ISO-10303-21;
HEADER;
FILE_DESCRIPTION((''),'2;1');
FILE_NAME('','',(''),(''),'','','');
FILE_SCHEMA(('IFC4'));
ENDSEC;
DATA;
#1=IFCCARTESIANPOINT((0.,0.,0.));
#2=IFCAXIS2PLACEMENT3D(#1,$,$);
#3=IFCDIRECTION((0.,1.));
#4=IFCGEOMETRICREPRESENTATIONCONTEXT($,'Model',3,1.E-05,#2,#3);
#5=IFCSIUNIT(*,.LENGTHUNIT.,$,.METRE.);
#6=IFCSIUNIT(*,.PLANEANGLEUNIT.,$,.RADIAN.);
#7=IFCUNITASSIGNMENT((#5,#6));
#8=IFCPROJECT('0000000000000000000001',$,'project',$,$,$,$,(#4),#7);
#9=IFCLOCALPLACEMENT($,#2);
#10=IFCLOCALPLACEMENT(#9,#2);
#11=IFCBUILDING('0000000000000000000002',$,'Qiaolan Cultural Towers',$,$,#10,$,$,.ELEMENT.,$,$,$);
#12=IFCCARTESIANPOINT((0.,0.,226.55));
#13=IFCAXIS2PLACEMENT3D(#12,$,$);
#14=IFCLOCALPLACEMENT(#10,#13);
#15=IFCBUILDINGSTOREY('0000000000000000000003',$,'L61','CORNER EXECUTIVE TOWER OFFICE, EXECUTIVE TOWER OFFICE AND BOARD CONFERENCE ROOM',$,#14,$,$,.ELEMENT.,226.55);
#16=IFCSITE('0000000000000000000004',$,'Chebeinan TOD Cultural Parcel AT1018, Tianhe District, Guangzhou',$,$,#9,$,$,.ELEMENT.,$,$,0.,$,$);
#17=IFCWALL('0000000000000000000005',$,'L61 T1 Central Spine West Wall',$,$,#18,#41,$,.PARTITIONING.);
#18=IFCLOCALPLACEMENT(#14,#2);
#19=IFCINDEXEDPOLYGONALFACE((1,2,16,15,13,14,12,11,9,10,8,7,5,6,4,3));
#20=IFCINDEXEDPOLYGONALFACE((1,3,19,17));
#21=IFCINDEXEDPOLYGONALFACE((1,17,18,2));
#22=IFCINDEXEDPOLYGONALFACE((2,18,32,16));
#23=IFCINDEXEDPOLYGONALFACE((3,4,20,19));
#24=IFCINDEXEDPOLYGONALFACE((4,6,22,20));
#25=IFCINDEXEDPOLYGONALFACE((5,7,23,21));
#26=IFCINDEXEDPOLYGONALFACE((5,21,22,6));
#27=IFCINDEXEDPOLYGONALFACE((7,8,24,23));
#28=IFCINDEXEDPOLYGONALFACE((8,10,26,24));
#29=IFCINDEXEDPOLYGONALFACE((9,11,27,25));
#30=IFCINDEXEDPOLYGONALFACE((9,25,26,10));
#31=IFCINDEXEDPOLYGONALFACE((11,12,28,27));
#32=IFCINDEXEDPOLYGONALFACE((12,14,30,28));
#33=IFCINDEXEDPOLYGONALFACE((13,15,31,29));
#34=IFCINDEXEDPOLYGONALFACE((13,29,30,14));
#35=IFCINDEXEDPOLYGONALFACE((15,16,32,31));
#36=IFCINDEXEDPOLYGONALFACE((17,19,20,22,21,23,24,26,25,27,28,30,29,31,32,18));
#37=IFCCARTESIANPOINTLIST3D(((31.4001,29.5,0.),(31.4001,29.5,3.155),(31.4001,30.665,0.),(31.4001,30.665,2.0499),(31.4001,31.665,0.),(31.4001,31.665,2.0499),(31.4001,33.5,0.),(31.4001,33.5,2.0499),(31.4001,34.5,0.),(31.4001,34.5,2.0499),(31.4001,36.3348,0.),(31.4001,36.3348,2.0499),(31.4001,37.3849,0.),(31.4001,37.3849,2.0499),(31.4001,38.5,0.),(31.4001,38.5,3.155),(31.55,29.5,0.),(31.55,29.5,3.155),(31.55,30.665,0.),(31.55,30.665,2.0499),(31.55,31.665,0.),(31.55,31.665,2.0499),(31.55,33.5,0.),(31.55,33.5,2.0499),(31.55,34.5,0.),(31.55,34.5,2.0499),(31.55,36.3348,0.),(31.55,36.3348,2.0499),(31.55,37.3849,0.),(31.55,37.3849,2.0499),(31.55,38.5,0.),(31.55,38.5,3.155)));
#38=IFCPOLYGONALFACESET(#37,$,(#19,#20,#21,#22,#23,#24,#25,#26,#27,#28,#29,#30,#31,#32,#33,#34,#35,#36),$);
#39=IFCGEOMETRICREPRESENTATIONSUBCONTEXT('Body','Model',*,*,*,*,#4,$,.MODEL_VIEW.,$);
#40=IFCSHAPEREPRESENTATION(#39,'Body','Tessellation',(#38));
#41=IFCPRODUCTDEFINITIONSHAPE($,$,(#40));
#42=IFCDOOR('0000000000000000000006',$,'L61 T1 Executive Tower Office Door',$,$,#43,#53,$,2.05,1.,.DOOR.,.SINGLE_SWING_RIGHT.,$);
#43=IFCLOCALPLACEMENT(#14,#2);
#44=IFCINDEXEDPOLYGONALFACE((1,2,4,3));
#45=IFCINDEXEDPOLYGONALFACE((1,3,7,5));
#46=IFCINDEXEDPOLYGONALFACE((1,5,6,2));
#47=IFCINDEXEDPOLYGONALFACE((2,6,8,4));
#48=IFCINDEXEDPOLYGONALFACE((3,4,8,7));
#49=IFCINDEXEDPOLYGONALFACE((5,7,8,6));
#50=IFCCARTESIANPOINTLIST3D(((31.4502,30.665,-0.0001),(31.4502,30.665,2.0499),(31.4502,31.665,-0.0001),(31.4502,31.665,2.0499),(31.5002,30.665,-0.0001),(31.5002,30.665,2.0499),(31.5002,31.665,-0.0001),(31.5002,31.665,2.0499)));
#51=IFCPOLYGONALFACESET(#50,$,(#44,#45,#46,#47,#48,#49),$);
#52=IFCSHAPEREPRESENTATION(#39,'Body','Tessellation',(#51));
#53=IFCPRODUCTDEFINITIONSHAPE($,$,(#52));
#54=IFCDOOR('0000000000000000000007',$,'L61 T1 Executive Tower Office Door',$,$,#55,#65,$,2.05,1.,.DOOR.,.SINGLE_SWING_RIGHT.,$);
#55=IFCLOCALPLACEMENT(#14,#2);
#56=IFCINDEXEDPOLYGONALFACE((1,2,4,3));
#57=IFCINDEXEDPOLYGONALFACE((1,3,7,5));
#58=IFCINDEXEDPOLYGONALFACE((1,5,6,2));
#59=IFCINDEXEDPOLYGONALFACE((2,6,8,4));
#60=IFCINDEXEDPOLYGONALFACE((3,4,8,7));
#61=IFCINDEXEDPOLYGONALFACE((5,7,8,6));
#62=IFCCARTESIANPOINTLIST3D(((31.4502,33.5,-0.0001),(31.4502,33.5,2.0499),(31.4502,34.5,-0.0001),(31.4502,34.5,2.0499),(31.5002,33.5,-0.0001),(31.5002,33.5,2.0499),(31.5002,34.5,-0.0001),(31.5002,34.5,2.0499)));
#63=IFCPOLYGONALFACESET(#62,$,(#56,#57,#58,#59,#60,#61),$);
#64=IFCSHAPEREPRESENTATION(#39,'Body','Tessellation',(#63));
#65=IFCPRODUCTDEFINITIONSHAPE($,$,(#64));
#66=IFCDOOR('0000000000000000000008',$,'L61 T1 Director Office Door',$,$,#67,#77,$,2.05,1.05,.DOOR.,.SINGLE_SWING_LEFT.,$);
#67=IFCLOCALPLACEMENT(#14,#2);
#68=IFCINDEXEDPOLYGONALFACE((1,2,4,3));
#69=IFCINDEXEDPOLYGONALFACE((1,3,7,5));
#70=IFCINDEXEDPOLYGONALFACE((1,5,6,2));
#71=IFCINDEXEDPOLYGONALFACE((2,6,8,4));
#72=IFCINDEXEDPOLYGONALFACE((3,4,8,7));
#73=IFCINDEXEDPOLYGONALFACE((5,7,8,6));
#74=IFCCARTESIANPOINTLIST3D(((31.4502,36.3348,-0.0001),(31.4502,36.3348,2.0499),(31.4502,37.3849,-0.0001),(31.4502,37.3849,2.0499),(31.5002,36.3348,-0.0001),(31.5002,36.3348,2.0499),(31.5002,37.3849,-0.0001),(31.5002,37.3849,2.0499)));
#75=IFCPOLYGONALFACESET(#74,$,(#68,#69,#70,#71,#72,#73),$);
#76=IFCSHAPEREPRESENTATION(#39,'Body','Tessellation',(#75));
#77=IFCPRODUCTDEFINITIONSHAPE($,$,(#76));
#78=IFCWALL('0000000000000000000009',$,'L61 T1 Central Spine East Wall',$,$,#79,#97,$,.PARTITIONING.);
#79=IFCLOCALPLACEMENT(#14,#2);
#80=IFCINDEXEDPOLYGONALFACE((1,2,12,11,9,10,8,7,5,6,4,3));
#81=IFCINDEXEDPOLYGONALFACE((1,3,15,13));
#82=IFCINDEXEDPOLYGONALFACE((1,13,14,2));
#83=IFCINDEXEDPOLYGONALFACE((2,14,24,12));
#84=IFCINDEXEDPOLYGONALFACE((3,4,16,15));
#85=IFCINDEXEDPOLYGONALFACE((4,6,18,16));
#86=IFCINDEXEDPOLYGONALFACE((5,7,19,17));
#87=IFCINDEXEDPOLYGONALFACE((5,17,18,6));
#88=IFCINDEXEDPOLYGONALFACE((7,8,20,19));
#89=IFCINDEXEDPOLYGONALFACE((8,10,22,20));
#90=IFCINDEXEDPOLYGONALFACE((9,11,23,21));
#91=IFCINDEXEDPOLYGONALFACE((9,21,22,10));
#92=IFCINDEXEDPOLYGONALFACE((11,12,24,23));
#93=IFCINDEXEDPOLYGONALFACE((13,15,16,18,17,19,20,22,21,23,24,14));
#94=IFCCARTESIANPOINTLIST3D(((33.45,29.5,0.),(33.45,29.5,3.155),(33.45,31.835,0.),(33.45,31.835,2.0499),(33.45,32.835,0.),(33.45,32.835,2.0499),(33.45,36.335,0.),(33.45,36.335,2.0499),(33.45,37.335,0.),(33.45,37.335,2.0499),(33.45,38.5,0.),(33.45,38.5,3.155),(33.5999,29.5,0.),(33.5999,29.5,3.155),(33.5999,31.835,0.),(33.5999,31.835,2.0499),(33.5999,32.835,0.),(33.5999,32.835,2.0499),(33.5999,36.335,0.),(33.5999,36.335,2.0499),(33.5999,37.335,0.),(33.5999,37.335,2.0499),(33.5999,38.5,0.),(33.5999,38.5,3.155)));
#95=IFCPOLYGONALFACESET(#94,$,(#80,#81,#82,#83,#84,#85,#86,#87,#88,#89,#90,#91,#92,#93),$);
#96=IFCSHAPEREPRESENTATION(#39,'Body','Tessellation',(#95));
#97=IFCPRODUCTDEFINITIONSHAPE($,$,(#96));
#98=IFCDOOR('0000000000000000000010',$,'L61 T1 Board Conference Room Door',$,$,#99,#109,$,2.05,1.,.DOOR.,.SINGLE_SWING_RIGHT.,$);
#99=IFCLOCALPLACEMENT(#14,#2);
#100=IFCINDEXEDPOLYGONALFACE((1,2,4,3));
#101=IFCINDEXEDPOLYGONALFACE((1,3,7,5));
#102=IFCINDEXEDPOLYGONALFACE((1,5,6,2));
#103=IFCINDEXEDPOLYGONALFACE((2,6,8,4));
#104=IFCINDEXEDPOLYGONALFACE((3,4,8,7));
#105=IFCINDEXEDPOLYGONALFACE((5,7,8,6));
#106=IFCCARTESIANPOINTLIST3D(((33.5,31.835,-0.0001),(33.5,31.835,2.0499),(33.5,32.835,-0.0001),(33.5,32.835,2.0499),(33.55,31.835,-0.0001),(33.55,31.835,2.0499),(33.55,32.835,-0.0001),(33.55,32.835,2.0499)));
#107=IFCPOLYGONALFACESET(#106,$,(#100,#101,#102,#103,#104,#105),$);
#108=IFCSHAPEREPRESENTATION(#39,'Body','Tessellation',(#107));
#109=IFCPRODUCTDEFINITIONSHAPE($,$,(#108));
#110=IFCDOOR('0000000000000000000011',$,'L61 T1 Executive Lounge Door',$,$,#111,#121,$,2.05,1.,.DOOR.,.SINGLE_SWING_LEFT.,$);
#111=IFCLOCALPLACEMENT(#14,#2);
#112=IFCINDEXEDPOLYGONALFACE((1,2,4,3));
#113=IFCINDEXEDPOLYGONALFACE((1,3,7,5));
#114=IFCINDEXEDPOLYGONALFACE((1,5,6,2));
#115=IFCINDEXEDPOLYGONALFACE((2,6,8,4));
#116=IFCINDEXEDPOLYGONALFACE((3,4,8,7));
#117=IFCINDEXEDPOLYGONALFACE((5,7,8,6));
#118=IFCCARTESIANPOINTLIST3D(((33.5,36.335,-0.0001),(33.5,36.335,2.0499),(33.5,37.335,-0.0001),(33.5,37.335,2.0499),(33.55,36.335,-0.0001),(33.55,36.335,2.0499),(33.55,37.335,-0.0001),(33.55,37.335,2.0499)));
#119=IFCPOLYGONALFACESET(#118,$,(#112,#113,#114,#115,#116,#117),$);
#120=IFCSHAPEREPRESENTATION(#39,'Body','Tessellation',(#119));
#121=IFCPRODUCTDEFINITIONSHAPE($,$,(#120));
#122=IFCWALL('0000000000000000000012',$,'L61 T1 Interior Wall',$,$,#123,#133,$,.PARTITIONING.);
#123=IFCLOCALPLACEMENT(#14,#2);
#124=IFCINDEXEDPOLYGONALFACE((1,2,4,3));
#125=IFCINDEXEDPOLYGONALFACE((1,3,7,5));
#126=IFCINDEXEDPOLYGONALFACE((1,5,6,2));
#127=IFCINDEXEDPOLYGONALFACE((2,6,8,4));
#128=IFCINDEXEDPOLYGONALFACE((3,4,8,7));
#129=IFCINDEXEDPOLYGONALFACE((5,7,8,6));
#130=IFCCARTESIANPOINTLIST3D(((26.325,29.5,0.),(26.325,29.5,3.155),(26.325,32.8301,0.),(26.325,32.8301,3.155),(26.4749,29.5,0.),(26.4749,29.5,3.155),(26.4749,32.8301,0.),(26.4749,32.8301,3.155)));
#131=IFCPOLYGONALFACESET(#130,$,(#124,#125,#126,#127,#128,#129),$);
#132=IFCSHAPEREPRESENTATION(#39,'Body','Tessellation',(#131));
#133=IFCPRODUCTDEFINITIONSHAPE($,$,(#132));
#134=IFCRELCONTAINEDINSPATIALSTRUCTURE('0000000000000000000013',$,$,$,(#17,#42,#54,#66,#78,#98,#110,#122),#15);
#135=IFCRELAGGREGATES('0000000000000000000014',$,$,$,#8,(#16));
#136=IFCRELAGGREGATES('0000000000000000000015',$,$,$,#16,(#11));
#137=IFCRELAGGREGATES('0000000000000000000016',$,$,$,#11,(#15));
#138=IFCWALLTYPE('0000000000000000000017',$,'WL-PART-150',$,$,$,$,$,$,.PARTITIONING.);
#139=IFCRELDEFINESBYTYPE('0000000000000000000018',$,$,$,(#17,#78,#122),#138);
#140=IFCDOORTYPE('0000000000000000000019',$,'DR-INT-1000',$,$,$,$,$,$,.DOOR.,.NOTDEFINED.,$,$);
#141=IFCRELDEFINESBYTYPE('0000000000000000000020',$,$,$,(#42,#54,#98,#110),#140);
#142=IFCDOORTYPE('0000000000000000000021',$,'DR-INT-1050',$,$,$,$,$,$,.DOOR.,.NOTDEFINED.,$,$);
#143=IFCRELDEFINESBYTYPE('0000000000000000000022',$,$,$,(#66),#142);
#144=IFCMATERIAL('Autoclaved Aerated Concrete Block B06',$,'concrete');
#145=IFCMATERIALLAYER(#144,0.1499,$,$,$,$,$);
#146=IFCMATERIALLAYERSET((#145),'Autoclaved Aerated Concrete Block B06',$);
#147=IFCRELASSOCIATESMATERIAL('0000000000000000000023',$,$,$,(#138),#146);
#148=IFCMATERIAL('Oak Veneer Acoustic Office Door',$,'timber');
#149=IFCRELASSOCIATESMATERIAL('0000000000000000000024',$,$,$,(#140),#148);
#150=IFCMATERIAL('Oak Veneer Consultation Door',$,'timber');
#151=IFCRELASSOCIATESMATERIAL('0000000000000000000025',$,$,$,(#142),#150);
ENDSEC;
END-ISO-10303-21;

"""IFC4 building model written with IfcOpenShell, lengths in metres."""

from ifc_helpers import new_model, si_unit, direction, frame, frame_2d, origin, place, context, subcontext, project, spatial, rectangle, extrude, material, layer, layer_set, type_object, element, fill, save


model = new_model("IFC4")

# Units and contexts
model_context = context("Model", 3, precision=1e-05, world=origin(), true_north=direction((0.0, 1.0)))
body_context = subcontext(model_context, "Body", "Model", "MODEL_VIEW")
ifc_project = project(units=[si_unit("LENGTHUNIT", "METRE"), si_unit("PLANEANGLEUNIT", "RADIAN")], contexts=[model_context])

# Site, building, storey
site_placement = place(None, origin())
site = spatial("IfcSite", under=ifc_project, at=site_placement, Name="Chebeinan TOD Cultural Parcel AT1018, Tianhe District, Guangzhou", CompositionType="ELEMENT", RefElevation=0.0)
building_placement = place(site_placement, origin())
building = spatial("IfcBuilding", under=site, at=building_placement, Name="Qiaolan Cultural Towers", CompositionType="ELEMENT")
storey_placement = place(building_placement, frame((0.0, 0.0, 226.55)))
storey = spatial("IfcBuildingStorey", under=building, at=storey_placement, Name="L61", Description="CORNER EXECUTIVE TOWER OFFICE, EXECUTIVE TOWER OFFICE AND BOARD CONFERENCE ROOM", CompositionType="ELEMENT", Elevation=226.55)

# Shared definitions
ifc_material_1 = material(Name="Autoclaved Aerated Concrete Block B06", Category="concrete")
ifc_layer_1 = layer(ifc_material_1, 0.1499)
ifc_layer_set_1 = layer_set([ifc_layer_1], Name="Autoclaved Aerated Concrete Block B06")
wall_type_1 = type_object("IfcWallType", Name="WL-PART-150", PredefinedType="PARTITIONING", material=ifc_layer_set_1)
ifc_material_2 = material(Name="Oak Veneer Acoustic Office Door", Category="timber")
door_type_1 = type_object("IfcDoorType", Name="DR-INT-1000", OperationType="NOTDEFINED", PredefinedType="DOOR", material=ifc_material_2)

# Walls, openings, doors
wall_1_placement = place(storey_placement, frame((31.4751, 29.5, 0.0), z_axis=(0.0, 0.0, 1.0), x_axis=(0.0, 1.0, 0.0)))
wall_1 = element("IfcWall", 1, at=wall_1_placement, inside=storey, type_object=wall_type_1, Name="L61 T1 Central Spine West Wall", PredefinedType="PARTITIONING", context=body_context, shape_type="SweptSolid", body=[
    extrude(rectangle(XDim=9.0, YDim=0.1499, at=frame_2d((4.5, 0.0))), origin(), (0.0, 0.0, 1.0), 3.155),
])
opening_1_placement = place(wall_1_placement, frame((1.165, 0.0, 0.0)))
opening_1 = element("IfcOpeningElement", 2, at=opening_1_placement, cuts=wall_1, PredefinedType="OPENING", context=body_context, shape_type="SweptSolid", body=[
    extrude(rectangle(XDim=1.0, YDim=2.05, at=frame_2d((0.5, 1.0249))), frame((0.0, 0.085, 0.0), z_axis=(0.0, -1.0, 0.0), x_axis=(1.0, 0.0, 0.0)), (0.0, 0.0, 1.0), 0.1699),
])
opening_2_placement = place(wall_1_placement, frame((4.0, 0.0, 0.0)))
opening_2 = element("IfcOpeningElement", 3, at=opening_2_placement, cuts=wall_1, PredefinedType="OPENING", context=body_context, shape_type="SweptSolid", body=[
    extrude(rectangle(XDim=1.0, YDim=2.05, at=frame_2d((0.5, 1.0249))), frame((0.0, 0.085, 0.0), z_axis=(0.0, -1.0, 0.0), x_axis=(1.0, 0.0, 0.0)), (0.0, 0.0, 1.0), 0.1699),
])
opening_3_placement = place(wall_1_placement, frame((6.835, 0.0, 0.0)))
opening_3 = element("IfcOpeningElement", 4, at=opening_3_placement, cuts=wall_1, PredefinedType="OPENING", context=body_context, shape_type="SweptSolid", body=[
    extrude(rectangle(XDim=1.05, YDim=2.05, at=frame_2d((0.5249, 1.0249))), frame((0.0, 0.085, 0.0), z_axis=(0.0, -1.0, 0.0), x_axis=(1.0, 0.0, 0.0)), (0.0, 0.0, 1.0), 0.1699),
])
door_1_placement = place(opening_1_placement, origin())
door_1 = element("IfcDoor", 5, at=door_1_placement, inside=storey, type_object=door_type_1, Name="L61 T1 Executive Tower Office Door", OperationType="SINGLE_SWING_RIGHT", OverallHeight=2.05, OverallWidth=1.0, PredefinedType="DOOR", context=body_context, shape_type="SweptSolid", body=[
    extrude(rectangle(XDim=1.0, YDim=2.05, at=frame_2d((0.5, 1.0249))), frame((0.0, 0.0249, 0.0), z_axis=(0.0, -1.0, 0.0), x_axis=(1.0, 0.0, 0.0)), (0.0, 0.0, 1.0), 0.05),
])
fill(opening_1, door_1)
door_2_placement = place(opening_2_placement, origin())
door_2 = element("IfcDoor", 6, at=door_2_placement, inside=storey, type_object=door_type_1, Name="L61 T1 Executive Tower Office Door", OperationType="SINGLE_SWING_RIGHT", OverallHeight=2.05, OverallWidth=1.0, PredefinedType="DOOR", context=body_context, shape_type="SweptSolid", body=[
    extrude(rectangle(XDim=1.0, YDim=2.05, at=frame_2d((0.5, 1.0249))), frame((0.0, 0.0249, 0.0), z_axis=(0.0, -1.0, 0.0), x_axis=(1.0, 0.0, 0.0)), (0.0, 0.0, 1.0), 0.05),
])
fill(opening_2, door_2)
ifc_material_3 = material(Name="Oak Veneer Consultation Door", Category="timber")
door_type_2 = type_object("IfcDoorType", Name="DR-INT-1050", OperationType="NOTDEFINED", PredefinedType="DOOR", material=ifc_material_3)
door_3_placement = place(opening_3_placement, origin())
door_3 = element("IfcDoor", 7, at=door_3_placement, inside=storey, type_object=door_type_2, Name="L61 T1 Director Office Door", OperationType="SINGLE_SWING_LEFT", OverallHeight=2.05, OverallWidth=1.05, PredefinedType="DOOR", context=body_context, shape_type="SweptSolid", body=[
    extrude(rectangle(XDim=1.05, YDim=2.05, at=frame_2d((0.5249, 1.0249))), frame((0.0, 0.0249, 0.0), z_axis=(0.0, -1.0, 0.0), x_axis=(1.0, 0.0, 0.0)), (0.0, 0.0, 1.0), 0.05),
])
fill(opening_3, door_3)
wall_2_placement = place(storey_placement, frame((33.5249, 29.5, 0.0), z_axis=(0.0, 0.0, 1.0), x_axis=(0.0, 1.0, 0.0)))
wall_2 = element("IfcWall", 8, at=wall_2_placement, inside=storey, type_object=wall_type_1, Name="L61 T1 Central Spine East Wall", PredefinedType="PARTITIONING", context=body_context, shape_type="SweptSolid", body=[
    extrude(rectangle(XDim=9.0, YDim=0.1499, at=frame_2d((4.5, 0.0))), origin(), (0.0, 0.0, 1.0), 3.155),
])
opening_4_placement = place(wall_2_placement, frame((2.335, 0.0, 0.0)))
opening_4 = element("IfcOpeningElement", 9, at=opening_4_placement, cuts=wall_2, PredefinedType="OPENING", context=body_context, shape_type="SweptSolid", body=[
    extrude(rectangle(XDim=1.0, YDim=2.05, at=frame_2d((0.5, 1.0249))), frame((0.0, 0.085, 0.0), z_axis=(0.0, -1.0, 0.0), x_axis=(1.0, 0.0, 0.0)), (0.0, 0.0, 1.0), 0.1699),
])
opening_5_placement = place(wall_2_placement, frame((6.835, 0.0, 0.0)))
opening_5 = element("IfcOpeningElement", 10, at=opening_5_placement, cuts=wall_2, PredefinedType="OPENING", context=body_context, shape_type="SweptSolid", body=[
    extrude(rectangle(XDim=1.0, YDim=2.05, at=frame_2d((0.5, 1.0249))), frame((0.0, 0.085, 0.0), z_axis=(0.0, -1.0, 0.0), x_axis=(1.0, 0.0, 0.0)), (0.0, 0.0, 1.0), 0.1699),
])
door_4_placement = place(opening_4_placement, origin())
door_4 = element("IfcDoor", 11, at=door_4_placement, inside=storey, type_object=door_type_1, Name="L61 T1 Board Conference Room Door", OperationType="SINGLE_SWING_RIGHT", OverallHeight=2.05, OverallWidth=1.0, PredefinedType="DOOR", context=body_context, shape_type="SweptSolid", body=[
    extrude(rectangle(XDim=1.0, YDim=2.05, at=frame_2d((0.5, 1.0249))), frame((0.0, 0.0249, 0.0), z_axis=(0.0, -1.0, 0.0), x_axis=(1.0, 0.0, 0.0)), (0.0, 0.0, 1.0), 0.05),
])
fill(opening_4, door_4)
door_5_placement = place(opening_5_placement, origin())
door_5 = element("IfcDoor", 12, at=door_5_placement, inside=storey, type_object=door_type_1, Name="L61 T1 Executive Lounge Door", OperationType="SINGLE_SWING_LEFT", OverallHeight=2.05, OverallWidth=1.0, PredefinedType="DOOR", context=body_context, shape_type="SweptSolid", body=[
    extrude(rectangle(XDim=1.0, YDim=2.05, at=frame_2d((0.5, 1.0249))), frame((0.0, 0.0249, 0.0), z_axis=(0.0, -1.0, 0.0), x_axis=(1.0, 0.0, 0.0)), (0.0, 0.0, 1.0), 0.05),
])
fill(opening_5, door_5)

# Wall
wall_3_placement = place(storey_placement, frame((26.3999, 29.5, 0.0), z_axis=(0.0, 0.0, 1.0), x_axis=(0.0, 1.0, 0.0)))
element("IfcWall", 13, at=wall_3_placement, inside=storey, type_object=wall_type_1, Name="L61 T1 Interior Wall", PredefinedType="PARTITIONING", context=body_context, shape_type="SweptSolid", body=[
    extrude(rectangle(XDim=3.3301, YDim=0.1499, at=frame_2d((1.665, 0.0))), origin(), (0.0, 0.0, 1.0), 3.155),
])

save(model, "model.ifc")
